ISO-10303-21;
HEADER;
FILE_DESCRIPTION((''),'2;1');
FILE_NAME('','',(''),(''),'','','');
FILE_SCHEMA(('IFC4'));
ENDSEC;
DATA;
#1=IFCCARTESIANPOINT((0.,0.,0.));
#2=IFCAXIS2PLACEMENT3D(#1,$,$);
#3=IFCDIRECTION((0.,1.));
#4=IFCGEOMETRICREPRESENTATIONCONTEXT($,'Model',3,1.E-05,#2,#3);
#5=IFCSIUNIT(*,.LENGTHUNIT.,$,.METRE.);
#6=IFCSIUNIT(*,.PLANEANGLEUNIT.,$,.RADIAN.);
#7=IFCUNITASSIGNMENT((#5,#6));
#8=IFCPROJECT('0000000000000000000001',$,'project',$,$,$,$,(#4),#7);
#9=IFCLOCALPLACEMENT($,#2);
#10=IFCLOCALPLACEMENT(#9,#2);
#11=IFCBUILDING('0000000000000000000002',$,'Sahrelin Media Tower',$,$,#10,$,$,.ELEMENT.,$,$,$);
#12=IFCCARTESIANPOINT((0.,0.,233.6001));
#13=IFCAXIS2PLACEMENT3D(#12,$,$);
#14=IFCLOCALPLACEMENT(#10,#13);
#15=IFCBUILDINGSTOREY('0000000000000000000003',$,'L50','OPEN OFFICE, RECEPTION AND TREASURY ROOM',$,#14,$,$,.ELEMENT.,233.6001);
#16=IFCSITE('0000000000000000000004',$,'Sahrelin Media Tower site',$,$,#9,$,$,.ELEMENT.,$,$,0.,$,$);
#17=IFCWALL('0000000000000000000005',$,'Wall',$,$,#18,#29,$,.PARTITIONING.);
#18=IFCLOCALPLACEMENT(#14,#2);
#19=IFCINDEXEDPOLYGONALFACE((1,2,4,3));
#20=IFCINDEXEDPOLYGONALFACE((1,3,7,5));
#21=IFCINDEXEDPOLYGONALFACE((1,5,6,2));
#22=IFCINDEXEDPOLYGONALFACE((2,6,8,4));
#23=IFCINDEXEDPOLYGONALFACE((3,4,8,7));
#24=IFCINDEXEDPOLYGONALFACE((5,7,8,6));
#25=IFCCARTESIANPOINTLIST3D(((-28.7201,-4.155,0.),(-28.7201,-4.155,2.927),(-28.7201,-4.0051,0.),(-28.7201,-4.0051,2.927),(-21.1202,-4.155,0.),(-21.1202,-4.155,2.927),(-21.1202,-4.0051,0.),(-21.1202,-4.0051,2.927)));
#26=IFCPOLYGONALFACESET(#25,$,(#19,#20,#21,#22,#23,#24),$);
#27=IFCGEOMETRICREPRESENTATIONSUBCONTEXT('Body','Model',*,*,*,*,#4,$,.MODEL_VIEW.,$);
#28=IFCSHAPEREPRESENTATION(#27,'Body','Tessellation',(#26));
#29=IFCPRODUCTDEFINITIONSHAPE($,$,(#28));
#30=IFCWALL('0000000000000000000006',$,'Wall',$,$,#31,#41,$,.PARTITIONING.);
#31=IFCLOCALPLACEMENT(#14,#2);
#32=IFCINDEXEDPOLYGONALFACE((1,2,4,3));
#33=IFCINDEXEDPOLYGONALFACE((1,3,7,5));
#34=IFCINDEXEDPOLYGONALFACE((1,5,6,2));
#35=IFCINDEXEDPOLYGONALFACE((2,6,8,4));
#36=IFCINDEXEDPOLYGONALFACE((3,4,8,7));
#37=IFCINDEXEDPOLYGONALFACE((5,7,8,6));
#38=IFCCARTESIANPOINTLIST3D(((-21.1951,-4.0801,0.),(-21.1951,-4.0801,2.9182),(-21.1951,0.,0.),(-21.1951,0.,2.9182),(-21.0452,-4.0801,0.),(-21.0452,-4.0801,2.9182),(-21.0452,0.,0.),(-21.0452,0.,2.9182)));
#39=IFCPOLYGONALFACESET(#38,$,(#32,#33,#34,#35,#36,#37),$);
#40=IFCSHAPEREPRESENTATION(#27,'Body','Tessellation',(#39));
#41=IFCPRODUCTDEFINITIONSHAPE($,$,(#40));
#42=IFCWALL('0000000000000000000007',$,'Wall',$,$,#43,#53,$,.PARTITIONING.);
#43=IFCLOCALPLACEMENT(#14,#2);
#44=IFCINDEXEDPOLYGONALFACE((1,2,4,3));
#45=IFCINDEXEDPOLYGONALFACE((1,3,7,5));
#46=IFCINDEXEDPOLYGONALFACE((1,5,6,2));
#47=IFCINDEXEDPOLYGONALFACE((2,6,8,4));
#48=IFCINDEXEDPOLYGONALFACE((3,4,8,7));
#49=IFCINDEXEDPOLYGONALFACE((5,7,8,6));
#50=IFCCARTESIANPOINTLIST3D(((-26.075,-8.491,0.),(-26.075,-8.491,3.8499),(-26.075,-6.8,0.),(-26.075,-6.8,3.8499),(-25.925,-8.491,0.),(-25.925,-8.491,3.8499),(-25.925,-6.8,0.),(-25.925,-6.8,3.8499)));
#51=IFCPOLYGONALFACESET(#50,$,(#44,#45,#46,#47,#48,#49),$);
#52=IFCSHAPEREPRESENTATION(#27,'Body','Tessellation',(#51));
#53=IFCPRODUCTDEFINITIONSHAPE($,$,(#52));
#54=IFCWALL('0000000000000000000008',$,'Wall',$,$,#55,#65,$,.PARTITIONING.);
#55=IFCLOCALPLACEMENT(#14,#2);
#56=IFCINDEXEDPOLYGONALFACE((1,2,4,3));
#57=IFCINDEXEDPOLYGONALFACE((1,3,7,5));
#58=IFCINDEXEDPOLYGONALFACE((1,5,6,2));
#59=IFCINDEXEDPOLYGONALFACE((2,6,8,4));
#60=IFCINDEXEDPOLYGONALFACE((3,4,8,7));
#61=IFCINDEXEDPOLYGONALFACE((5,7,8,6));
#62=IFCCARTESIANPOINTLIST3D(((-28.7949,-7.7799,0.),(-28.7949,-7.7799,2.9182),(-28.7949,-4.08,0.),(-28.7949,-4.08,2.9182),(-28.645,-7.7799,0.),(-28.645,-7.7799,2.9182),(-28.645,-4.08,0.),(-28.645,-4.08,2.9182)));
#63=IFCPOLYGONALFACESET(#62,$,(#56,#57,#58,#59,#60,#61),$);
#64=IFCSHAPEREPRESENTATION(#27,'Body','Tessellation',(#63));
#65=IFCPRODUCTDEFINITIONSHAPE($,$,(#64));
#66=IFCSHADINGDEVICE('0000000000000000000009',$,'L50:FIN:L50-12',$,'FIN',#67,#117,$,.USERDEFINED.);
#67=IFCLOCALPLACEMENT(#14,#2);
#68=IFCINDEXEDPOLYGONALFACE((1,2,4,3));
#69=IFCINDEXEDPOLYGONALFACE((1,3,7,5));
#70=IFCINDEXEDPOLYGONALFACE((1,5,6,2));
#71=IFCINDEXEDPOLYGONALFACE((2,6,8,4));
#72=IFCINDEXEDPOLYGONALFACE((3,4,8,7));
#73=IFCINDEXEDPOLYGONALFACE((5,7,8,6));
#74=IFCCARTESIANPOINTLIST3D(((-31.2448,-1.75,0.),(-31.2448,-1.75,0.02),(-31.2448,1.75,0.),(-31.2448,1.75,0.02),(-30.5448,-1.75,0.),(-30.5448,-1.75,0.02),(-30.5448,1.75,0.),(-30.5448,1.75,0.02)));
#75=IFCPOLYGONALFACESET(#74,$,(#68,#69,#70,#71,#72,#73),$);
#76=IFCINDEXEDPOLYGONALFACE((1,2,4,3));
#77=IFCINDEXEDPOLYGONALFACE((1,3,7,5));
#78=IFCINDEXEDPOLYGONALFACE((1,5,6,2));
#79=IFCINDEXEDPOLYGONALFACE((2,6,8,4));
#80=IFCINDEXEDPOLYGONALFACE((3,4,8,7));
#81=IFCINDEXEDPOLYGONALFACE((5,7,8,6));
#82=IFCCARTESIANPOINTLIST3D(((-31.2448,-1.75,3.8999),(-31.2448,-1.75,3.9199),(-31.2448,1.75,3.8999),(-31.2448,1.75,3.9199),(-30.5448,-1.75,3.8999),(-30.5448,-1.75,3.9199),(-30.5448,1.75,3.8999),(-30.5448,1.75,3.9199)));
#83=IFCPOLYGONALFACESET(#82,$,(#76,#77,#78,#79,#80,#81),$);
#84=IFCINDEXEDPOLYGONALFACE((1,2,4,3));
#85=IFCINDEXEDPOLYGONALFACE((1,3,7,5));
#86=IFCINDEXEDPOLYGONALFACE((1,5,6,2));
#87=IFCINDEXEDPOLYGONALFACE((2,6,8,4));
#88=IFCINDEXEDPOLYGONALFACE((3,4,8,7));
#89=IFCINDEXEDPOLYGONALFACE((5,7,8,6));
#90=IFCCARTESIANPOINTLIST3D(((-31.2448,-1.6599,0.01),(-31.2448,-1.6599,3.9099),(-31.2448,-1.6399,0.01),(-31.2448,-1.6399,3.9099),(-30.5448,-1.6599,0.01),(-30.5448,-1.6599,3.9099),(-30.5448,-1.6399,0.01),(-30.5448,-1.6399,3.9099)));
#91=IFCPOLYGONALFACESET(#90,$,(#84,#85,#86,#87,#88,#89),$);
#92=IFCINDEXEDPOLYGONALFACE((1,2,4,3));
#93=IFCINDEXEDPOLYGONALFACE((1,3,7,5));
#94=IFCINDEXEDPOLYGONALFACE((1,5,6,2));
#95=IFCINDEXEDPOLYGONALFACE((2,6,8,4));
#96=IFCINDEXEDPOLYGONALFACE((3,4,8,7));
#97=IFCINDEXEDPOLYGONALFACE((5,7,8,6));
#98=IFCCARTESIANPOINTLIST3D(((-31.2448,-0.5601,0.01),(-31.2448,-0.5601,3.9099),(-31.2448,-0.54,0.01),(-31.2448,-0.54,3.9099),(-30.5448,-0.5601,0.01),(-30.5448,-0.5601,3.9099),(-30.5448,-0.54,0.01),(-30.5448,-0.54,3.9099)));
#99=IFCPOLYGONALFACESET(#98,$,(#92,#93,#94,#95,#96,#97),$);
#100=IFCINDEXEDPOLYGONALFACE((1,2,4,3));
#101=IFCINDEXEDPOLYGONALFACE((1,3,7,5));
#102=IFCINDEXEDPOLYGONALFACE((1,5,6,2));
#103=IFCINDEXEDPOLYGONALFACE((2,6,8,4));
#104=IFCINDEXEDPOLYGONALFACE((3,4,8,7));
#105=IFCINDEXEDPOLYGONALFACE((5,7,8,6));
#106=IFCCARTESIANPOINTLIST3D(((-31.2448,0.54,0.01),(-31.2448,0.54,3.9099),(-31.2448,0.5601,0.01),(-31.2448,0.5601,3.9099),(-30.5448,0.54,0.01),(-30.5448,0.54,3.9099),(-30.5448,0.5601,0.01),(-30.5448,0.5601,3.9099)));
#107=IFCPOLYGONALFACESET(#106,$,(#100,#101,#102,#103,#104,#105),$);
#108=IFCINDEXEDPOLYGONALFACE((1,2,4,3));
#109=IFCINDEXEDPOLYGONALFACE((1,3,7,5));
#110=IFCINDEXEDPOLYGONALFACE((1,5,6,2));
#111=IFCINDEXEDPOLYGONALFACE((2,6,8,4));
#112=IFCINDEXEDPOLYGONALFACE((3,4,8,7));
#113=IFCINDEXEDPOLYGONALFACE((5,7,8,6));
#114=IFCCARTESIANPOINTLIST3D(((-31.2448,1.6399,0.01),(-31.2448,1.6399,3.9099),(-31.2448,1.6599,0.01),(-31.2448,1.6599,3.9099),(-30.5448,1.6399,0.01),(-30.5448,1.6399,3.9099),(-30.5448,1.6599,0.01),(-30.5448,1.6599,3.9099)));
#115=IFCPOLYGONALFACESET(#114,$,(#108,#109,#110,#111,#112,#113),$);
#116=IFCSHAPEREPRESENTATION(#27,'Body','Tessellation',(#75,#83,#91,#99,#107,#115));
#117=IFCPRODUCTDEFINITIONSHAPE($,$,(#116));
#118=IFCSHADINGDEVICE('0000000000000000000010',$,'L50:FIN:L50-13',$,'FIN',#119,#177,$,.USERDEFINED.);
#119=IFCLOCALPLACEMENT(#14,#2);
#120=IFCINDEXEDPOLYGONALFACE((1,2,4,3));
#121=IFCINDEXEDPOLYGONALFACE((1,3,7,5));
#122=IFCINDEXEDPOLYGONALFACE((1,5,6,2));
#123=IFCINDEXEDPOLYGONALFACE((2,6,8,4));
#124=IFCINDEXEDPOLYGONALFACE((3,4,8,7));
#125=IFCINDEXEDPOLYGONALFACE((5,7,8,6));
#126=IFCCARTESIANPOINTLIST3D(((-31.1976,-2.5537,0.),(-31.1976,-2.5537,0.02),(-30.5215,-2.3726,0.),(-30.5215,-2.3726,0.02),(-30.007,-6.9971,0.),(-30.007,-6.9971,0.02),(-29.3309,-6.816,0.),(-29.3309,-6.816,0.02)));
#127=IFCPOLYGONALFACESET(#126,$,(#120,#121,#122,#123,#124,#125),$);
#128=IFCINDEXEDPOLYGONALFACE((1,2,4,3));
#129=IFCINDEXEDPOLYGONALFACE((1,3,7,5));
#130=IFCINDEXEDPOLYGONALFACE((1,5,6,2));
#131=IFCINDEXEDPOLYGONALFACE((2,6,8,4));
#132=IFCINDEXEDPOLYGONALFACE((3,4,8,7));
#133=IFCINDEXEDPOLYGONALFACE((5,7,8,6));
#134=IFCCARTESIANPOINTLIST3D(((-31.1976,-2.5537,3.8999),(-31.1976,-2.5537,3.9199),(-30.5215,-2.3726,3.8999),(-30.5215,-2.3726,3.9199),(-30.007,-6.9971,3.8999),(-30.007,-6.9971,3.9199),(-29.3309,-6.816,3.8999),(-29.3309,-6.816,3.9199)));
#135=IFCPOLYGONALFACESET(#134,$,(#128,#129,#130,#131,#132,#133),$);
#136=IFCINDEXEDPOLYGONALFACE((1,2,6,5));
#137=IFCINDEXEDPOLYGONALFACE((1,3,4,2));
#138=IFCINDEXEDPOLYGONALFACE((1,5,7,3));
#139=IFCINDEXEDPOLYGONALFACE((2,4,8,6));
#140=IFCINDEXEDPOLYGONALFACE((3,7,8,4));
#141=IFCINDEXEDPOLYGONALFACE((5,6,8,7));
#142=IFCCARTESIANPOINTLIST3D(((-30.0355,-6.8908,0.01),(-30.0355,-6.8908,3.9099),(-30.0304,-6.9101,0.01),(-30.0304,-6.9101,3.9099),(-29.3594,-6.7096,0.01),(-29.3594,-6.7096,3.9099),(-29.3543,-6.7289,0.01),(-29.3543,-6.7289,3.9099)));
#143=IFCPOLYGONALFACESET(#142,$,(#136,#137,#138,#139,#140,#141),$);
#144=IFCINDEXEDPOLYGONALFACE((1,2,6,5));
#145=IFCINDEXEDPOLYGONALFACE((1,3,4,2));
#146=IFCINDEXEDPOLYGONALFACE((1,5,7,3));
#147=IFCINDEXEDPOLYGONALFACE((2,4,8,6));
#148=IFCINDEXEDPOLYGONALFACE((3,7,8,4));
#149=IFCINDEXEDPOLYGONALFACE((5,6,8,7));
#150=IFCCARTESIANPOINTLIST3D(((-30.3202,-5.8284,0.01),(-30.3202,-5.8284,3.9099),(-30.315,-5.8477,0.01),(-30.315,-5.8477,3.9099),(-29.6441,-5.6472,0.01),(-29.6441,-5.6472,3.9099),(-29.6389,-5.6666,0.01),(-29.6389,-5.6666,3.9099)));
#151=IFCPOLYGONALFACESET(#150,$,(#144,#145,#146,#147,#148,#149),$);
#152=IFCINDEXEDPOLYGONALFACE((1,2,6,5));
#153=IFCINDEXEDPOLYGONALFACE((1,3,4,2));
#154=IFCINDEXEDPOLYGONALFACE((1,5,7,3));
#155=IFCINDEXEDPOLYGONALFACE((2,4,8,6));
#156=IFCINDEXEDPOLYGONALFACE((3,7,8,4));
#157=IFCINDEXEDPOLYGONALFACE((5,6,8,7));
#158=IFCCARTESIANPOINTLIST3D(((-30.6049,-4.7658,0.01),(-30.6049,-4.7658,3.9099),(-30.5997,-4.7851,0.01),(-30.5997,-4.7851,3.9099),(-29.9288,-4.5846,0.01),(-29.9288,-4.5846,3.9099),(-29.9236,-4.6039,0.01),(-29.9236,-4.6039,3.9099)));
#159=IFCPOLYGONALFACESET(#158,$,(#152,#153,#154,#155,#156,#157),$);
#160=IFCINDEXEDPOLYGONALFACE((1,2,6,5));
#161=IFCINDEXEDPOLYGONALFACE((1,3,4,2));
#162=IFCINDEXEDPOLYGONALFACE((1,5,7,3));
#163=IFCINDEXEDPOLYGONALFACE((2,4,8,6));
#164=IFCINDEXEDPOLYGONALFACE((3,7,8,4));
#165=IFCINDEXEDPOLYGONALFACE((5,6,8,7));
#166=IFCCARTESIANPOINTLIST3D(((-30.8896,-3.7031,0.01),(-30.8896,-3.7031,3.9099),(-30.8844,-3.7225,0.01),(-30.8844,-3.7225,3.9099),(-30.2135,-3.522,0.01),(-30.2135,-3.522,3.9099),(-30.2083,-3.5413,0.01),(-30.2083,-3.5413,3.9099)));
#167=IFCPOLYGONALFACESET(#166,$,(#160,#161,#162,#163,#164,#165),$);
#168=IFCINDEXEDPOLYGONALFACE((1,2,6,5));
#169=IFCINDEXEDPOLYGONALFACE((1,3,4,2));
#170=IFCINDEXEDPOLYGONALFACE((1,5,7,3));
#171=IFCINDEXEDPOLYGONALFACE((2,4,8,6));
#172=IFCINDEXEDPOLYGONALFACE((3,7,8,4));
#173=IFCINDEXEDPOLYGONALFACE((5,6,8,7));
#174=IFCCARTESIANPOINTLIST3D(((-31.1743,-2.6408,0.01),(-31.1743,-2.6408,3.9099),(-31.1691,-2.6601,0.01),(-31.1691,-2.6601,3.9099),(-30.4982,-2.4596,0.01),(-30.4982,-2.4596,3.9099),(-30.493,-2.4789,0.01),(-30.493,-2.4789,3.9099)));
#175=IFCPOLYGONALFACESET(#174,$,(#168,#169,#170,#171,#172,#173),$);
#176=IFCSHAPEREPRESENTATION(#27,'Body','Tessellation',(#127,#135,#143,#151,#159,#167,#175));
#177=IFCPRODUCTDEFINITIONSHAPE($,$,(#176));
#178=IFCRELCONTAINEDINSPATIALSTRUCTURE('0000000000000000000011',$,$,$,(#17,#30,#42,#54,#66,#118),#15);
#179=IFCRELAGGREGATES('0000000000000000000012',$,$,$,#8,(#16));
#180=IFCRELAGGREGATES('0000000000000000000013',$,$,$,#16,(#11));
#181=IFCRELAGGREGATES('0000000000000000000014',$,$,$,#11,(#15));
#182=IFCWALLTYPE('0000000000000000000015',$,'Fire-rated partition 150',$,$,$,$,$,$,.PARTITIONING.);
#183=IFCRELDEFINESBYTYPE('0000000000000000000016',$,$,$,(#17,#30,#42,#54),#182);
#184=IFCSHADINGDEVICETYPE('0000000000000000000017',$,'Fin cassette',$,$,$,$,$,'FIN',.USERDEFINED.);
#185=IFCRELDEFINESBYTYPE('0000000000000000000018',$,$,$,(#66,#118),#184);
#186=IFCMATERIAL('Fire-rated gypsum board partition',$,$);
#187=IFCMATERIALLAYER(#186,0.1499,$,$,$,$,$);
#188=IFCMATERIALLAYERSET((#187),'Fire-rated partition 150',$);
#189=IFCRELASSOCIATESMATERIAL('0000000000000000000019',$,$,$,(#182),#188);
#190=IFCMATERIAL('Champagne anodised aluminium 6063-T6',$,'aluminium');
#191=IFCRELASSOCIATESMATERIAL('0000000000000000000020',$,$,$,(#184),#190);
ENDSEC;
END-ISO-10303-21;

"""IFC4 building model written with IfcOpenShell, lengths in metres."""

from ifc_helpers import new_model, si_unit, direction, frame, frame_2d, origin, origin_2d, place, context, subcontext, project, spatial, rectangle, extrude, material, layer, layer_set, type_object, element, save


model = new_model("IFC4")

# Units and contexts
model_context = context("Model", 3, precision=1e-05, world=origin(), true_north=direction((0.0, 1.0)))
body_context = subcontext(model_context, "Body", "Model", "MODEL_VIEW")
ifc_project = project(units=[si_unit("LENGTHUNIT", "METRE"), si_unit("PLANEANGLEUNIT", "RADIAN")], contexts=[model_context])

# Site, building, storey
site_placement = place(None, origin())
site = spatial("IfcSite", under=ifc_project, at=site_placement, Name="Sahrelin Media Tower site", CompositionType="ELEMENT", RefElevation=0.0)
building_placement = place(site_placement, origin())
building = spatial("IfcBuilding", under=site, at=building_placement, Name="Sahrelin Media Tower", CompositionType="ELEMENT")
storey_placement = place(building_placement, frame((0.0, 0.0, 233.6001)))
storey = spatial("IfcBuildingStorey", under=building, at=storey_placement, Name="L50", Description="OPEN OFFICE, RECEPTION AND TREASURY ROOM", CompositionType="ELEMENT", Elevation=233.6001)

# Shared definitions
ifc_material_1 = material(Name="Champagne anodised aluminium 6063-T6", Category="aluminium")

# Shared definitions
ifc_material_2 = material(Name="Fire-rated gypsum board partition")
ifc_layer_1 = layer(ifc_material_2, 0.1499)
ifc_layer_set_1 = layer_set([ifc_layer_1], Name="Fire-rated partition 150")
wall_type = type_object("IfcWallType", Name="Fire-rated partition 150", PredefinedType="PARTITIONING", material=ifc_layer_set_1)

# Walls
wall_1_placement = place(storey_placement, frame((-28.72, -4.0801, 0.0), z_axis=(0.0, 0.0, 1.0), x_axis=(1.0, 0.0, 0.0)))
element("IfcWall", 1, at=wall_1_placement, inside=storey, type_object=wall_type, Name="Wall", PredefinedType="PARTITIONING", context=body_context, shape_type="SweptSolid", body=[
    extrude(rectangle(XDim=7.5999, YDim=0.1499, at=frame_2d((3.7998, 0.0))), origin(), (0.0, 0.0, 1.0), 2.927),
])
wall_2_placement = place(storey_placement, frame((-21.1201, -4.0801, 0.0), z_axis=(0.0, 0.0, 1.0), x_axis=(0.0, 1.0, 0.0)))
element("IfcWall", 2, at=wall_2_placement, inside=storey, type_object=wall_type, Name="Wall", PredefinedType="PARTITIONING", context=body_context, shape_type="SweptSolid", body=[
    extrude(rectangle(XDim=4.0801, YDim=0.1499, at=frame_2d((2.04, 0.0))), origin(), (0.0, 0.0, 1.0), 2.9182),
])
wall_3_placement = place(storey_placement, frame((-26.0, -8.491, 0.0), z_axis=(0.0, 0.0, 1.0), x_axis=(0.0, 1.0, 0.0)))
element("IfcWall", 3, at=wall_3_placement, inside=storey, type_object=wall_type, Name="Wall", PredefinedType="PARTITIONING", context=body_context, shape_type="SweptSolid", body=[
    extrude(rectangle(XDim=1.6909, YDim=0.1499, at=frame_2d((0.8455, 0.0))), origin(), (0.0, 0.0, 1.0), 3.8499),
])
wall_4_placement = place(storey_placement, frame((-28.72, -7.78, 0.0), z_axis=(0.0, 0.0, 1.0), x_axis=(0.0, 1.0, 0.0)))
element("IfcWall", 4, at=wall_4_placement, inside=storey, type_object=wall_type, Name="Wall", PredefinedType="PARTITIONING", context=body_context, shape_type="SweptSolid", body=[
    extrude(rectangle(XDim=3.7, YDim=0.1499, at=frame_2d((1.8501, 0.0))), origin(), (0.0, 0.0, 1.0), 2.9182),
])

# Shading devices
shading_device_type_1 = type_object("IfcShadingDeviceType", Name="Fin cassette", ElementType="FIN", PredefinedType="USERDEFINED", material=ifc_material_1)
placement_1 = place(storey_placement, frame((-30.4749, 0.0, 0.0), z_axis=(0.0, 0.0, 1.0), x_axis=(0.0, 1.0, 0.0)))
element("IfcShadingDevice", 5, at=placement_1, inside=storey, type_object=shading_device_type_1, Name="L50:FIN:L50-12", ObjectType="FIN", PredefinedType="USERDEFINED", context=body_context, shape_type="SweptSolid", body=[
    extrude(rectangle(XDim=3.5, YDim=0.7, at=origin_2d()), frame((0.0, 0.4199, 0.0)), (0.0, 0.0, 1.0), 0.02),
    extrude(rectangle(XDim=3.5, YDim=0.7, at=origin_2d()), frame((0.0, 0.4199, 3.8999)), (0.0, 0.0, 1.0), 0.02),
    extrude(rectangle(XDim=0.02, YDim=0.7, at=origin_2d()), frame((-1.6499, 0.4199, 0.01), z_axis=(0.0, 0.0, 1.0), x_axis=(1.0, 0.0, 0.0)), (0.0, 0.0, 1.0), 3.8999),
    extrude(rectangle(XDim=0.02, YDim=0.7, at=origin_2d()), frame((-0.55, 0.4199, 0.01), z_axis=(0.0, 0.0, 1.0), x_axis=(1.0, 0.0, 0.0)), (0.0, 0.0, 1.0), 3.8999),
    extrude(rectangle(XDim=0.02, YDim=0.7, at=origin_2d()), frame((0.55, 0.4199, 0.01), z_axis=(0.0, 0.0, 1.0), x_axis=(1.0, 0.0, 0.0)), (0.0, 0.0, 1.0), 3.8999),
    extrude(rectangle(XDim=0.02, YDim=0.7, at=origin_2d()), frame((1.6499, 0.4199, 0.01), z_axis=(0.0, 0.0, 1.0), x_axis=(1.0, 0.0, 0.0)), (0.0, 0.0, 1.0), 3.8999),
])
placement_2 = place(storey_placement, frame((-29.8586, -4.5762, 0.0), z_axis=(0.0, 0.0, 1.0), x_axis=(-0.258808, 0.965929, 0.0)))
element("IfcShadingDevice", 6, at=placement_2, inside=storey, type_object=shading_device_type_1, Name="L50:FIN:L50-13", ObjectType="FIN", PredefinedType="USERDEFINED", context=body_context, shape_type="SweptSolid", body=[
    extrude(rectangle(XDim=4.6001, YDim=0.7, at=origin_2d()), frame((0.0, 0.4199, 0.0)), (0.0, 0.0, 1.0), 0.02),
    extrude(rectangle(XDim=4.6001, YDim=0.7, at=origin_2d()), frame((0.0, 0.4199, 3.8999)), (0.0, 0.0, 1.0), 0.02),
    extrude(rectangle(XDim=0.02, YDim=0.7, at=origin_2d()), frame((-2.2, 0.4199, 0.01), z_axis=(0.0, 0.0, 1.0), x_axis=(1.0, 0.0, 0.0)), (0.0, 0.0, 1.0), 3.8999),
    extrude(rectangle(XDim=0.02, YDim=0.7, at=origin_2d()), frame((-1.1001, 0.4199, 0.01), z_axis=(0.0, 0.0, 1.0), x_axis=(1.0, 0.0, 0.0)), (0.0, 0.0, 1.0), 3.8999),
    extrude(rectangle(XDim=0.02, YDim=0.7, at=origin_2d()), frame((0.0, 0.4199, 0.01), z_axis=(0.0, 0.0, 1.0), x_axis=(1.0, 0.0, 0.0)), (0.0, 0.0, 1.0), 3.8999),
    extrude(rectangle(XDim=0.02, YDim=0.7, at=origin_2d()), frame((1.1001, 0.4199, 0.01), z_axis=(0.0, 0.0, 1.0), x_axis=(1.0, 0.0, 0.0)), (0.0, 0.0, 1.0), 3.8999),
    extrude(rectangle(XDim=0.02, YDim=0.7, at=origin_2d()), frame((2.2, 0.4199, 0.01), z_axis=(0.0, 0.0, 1.0), x_axis=(1.0, 0.0, 0.0)), (0.0, 0.0, 1.0), 3.8999),
])

save(model, "model.ifc")
